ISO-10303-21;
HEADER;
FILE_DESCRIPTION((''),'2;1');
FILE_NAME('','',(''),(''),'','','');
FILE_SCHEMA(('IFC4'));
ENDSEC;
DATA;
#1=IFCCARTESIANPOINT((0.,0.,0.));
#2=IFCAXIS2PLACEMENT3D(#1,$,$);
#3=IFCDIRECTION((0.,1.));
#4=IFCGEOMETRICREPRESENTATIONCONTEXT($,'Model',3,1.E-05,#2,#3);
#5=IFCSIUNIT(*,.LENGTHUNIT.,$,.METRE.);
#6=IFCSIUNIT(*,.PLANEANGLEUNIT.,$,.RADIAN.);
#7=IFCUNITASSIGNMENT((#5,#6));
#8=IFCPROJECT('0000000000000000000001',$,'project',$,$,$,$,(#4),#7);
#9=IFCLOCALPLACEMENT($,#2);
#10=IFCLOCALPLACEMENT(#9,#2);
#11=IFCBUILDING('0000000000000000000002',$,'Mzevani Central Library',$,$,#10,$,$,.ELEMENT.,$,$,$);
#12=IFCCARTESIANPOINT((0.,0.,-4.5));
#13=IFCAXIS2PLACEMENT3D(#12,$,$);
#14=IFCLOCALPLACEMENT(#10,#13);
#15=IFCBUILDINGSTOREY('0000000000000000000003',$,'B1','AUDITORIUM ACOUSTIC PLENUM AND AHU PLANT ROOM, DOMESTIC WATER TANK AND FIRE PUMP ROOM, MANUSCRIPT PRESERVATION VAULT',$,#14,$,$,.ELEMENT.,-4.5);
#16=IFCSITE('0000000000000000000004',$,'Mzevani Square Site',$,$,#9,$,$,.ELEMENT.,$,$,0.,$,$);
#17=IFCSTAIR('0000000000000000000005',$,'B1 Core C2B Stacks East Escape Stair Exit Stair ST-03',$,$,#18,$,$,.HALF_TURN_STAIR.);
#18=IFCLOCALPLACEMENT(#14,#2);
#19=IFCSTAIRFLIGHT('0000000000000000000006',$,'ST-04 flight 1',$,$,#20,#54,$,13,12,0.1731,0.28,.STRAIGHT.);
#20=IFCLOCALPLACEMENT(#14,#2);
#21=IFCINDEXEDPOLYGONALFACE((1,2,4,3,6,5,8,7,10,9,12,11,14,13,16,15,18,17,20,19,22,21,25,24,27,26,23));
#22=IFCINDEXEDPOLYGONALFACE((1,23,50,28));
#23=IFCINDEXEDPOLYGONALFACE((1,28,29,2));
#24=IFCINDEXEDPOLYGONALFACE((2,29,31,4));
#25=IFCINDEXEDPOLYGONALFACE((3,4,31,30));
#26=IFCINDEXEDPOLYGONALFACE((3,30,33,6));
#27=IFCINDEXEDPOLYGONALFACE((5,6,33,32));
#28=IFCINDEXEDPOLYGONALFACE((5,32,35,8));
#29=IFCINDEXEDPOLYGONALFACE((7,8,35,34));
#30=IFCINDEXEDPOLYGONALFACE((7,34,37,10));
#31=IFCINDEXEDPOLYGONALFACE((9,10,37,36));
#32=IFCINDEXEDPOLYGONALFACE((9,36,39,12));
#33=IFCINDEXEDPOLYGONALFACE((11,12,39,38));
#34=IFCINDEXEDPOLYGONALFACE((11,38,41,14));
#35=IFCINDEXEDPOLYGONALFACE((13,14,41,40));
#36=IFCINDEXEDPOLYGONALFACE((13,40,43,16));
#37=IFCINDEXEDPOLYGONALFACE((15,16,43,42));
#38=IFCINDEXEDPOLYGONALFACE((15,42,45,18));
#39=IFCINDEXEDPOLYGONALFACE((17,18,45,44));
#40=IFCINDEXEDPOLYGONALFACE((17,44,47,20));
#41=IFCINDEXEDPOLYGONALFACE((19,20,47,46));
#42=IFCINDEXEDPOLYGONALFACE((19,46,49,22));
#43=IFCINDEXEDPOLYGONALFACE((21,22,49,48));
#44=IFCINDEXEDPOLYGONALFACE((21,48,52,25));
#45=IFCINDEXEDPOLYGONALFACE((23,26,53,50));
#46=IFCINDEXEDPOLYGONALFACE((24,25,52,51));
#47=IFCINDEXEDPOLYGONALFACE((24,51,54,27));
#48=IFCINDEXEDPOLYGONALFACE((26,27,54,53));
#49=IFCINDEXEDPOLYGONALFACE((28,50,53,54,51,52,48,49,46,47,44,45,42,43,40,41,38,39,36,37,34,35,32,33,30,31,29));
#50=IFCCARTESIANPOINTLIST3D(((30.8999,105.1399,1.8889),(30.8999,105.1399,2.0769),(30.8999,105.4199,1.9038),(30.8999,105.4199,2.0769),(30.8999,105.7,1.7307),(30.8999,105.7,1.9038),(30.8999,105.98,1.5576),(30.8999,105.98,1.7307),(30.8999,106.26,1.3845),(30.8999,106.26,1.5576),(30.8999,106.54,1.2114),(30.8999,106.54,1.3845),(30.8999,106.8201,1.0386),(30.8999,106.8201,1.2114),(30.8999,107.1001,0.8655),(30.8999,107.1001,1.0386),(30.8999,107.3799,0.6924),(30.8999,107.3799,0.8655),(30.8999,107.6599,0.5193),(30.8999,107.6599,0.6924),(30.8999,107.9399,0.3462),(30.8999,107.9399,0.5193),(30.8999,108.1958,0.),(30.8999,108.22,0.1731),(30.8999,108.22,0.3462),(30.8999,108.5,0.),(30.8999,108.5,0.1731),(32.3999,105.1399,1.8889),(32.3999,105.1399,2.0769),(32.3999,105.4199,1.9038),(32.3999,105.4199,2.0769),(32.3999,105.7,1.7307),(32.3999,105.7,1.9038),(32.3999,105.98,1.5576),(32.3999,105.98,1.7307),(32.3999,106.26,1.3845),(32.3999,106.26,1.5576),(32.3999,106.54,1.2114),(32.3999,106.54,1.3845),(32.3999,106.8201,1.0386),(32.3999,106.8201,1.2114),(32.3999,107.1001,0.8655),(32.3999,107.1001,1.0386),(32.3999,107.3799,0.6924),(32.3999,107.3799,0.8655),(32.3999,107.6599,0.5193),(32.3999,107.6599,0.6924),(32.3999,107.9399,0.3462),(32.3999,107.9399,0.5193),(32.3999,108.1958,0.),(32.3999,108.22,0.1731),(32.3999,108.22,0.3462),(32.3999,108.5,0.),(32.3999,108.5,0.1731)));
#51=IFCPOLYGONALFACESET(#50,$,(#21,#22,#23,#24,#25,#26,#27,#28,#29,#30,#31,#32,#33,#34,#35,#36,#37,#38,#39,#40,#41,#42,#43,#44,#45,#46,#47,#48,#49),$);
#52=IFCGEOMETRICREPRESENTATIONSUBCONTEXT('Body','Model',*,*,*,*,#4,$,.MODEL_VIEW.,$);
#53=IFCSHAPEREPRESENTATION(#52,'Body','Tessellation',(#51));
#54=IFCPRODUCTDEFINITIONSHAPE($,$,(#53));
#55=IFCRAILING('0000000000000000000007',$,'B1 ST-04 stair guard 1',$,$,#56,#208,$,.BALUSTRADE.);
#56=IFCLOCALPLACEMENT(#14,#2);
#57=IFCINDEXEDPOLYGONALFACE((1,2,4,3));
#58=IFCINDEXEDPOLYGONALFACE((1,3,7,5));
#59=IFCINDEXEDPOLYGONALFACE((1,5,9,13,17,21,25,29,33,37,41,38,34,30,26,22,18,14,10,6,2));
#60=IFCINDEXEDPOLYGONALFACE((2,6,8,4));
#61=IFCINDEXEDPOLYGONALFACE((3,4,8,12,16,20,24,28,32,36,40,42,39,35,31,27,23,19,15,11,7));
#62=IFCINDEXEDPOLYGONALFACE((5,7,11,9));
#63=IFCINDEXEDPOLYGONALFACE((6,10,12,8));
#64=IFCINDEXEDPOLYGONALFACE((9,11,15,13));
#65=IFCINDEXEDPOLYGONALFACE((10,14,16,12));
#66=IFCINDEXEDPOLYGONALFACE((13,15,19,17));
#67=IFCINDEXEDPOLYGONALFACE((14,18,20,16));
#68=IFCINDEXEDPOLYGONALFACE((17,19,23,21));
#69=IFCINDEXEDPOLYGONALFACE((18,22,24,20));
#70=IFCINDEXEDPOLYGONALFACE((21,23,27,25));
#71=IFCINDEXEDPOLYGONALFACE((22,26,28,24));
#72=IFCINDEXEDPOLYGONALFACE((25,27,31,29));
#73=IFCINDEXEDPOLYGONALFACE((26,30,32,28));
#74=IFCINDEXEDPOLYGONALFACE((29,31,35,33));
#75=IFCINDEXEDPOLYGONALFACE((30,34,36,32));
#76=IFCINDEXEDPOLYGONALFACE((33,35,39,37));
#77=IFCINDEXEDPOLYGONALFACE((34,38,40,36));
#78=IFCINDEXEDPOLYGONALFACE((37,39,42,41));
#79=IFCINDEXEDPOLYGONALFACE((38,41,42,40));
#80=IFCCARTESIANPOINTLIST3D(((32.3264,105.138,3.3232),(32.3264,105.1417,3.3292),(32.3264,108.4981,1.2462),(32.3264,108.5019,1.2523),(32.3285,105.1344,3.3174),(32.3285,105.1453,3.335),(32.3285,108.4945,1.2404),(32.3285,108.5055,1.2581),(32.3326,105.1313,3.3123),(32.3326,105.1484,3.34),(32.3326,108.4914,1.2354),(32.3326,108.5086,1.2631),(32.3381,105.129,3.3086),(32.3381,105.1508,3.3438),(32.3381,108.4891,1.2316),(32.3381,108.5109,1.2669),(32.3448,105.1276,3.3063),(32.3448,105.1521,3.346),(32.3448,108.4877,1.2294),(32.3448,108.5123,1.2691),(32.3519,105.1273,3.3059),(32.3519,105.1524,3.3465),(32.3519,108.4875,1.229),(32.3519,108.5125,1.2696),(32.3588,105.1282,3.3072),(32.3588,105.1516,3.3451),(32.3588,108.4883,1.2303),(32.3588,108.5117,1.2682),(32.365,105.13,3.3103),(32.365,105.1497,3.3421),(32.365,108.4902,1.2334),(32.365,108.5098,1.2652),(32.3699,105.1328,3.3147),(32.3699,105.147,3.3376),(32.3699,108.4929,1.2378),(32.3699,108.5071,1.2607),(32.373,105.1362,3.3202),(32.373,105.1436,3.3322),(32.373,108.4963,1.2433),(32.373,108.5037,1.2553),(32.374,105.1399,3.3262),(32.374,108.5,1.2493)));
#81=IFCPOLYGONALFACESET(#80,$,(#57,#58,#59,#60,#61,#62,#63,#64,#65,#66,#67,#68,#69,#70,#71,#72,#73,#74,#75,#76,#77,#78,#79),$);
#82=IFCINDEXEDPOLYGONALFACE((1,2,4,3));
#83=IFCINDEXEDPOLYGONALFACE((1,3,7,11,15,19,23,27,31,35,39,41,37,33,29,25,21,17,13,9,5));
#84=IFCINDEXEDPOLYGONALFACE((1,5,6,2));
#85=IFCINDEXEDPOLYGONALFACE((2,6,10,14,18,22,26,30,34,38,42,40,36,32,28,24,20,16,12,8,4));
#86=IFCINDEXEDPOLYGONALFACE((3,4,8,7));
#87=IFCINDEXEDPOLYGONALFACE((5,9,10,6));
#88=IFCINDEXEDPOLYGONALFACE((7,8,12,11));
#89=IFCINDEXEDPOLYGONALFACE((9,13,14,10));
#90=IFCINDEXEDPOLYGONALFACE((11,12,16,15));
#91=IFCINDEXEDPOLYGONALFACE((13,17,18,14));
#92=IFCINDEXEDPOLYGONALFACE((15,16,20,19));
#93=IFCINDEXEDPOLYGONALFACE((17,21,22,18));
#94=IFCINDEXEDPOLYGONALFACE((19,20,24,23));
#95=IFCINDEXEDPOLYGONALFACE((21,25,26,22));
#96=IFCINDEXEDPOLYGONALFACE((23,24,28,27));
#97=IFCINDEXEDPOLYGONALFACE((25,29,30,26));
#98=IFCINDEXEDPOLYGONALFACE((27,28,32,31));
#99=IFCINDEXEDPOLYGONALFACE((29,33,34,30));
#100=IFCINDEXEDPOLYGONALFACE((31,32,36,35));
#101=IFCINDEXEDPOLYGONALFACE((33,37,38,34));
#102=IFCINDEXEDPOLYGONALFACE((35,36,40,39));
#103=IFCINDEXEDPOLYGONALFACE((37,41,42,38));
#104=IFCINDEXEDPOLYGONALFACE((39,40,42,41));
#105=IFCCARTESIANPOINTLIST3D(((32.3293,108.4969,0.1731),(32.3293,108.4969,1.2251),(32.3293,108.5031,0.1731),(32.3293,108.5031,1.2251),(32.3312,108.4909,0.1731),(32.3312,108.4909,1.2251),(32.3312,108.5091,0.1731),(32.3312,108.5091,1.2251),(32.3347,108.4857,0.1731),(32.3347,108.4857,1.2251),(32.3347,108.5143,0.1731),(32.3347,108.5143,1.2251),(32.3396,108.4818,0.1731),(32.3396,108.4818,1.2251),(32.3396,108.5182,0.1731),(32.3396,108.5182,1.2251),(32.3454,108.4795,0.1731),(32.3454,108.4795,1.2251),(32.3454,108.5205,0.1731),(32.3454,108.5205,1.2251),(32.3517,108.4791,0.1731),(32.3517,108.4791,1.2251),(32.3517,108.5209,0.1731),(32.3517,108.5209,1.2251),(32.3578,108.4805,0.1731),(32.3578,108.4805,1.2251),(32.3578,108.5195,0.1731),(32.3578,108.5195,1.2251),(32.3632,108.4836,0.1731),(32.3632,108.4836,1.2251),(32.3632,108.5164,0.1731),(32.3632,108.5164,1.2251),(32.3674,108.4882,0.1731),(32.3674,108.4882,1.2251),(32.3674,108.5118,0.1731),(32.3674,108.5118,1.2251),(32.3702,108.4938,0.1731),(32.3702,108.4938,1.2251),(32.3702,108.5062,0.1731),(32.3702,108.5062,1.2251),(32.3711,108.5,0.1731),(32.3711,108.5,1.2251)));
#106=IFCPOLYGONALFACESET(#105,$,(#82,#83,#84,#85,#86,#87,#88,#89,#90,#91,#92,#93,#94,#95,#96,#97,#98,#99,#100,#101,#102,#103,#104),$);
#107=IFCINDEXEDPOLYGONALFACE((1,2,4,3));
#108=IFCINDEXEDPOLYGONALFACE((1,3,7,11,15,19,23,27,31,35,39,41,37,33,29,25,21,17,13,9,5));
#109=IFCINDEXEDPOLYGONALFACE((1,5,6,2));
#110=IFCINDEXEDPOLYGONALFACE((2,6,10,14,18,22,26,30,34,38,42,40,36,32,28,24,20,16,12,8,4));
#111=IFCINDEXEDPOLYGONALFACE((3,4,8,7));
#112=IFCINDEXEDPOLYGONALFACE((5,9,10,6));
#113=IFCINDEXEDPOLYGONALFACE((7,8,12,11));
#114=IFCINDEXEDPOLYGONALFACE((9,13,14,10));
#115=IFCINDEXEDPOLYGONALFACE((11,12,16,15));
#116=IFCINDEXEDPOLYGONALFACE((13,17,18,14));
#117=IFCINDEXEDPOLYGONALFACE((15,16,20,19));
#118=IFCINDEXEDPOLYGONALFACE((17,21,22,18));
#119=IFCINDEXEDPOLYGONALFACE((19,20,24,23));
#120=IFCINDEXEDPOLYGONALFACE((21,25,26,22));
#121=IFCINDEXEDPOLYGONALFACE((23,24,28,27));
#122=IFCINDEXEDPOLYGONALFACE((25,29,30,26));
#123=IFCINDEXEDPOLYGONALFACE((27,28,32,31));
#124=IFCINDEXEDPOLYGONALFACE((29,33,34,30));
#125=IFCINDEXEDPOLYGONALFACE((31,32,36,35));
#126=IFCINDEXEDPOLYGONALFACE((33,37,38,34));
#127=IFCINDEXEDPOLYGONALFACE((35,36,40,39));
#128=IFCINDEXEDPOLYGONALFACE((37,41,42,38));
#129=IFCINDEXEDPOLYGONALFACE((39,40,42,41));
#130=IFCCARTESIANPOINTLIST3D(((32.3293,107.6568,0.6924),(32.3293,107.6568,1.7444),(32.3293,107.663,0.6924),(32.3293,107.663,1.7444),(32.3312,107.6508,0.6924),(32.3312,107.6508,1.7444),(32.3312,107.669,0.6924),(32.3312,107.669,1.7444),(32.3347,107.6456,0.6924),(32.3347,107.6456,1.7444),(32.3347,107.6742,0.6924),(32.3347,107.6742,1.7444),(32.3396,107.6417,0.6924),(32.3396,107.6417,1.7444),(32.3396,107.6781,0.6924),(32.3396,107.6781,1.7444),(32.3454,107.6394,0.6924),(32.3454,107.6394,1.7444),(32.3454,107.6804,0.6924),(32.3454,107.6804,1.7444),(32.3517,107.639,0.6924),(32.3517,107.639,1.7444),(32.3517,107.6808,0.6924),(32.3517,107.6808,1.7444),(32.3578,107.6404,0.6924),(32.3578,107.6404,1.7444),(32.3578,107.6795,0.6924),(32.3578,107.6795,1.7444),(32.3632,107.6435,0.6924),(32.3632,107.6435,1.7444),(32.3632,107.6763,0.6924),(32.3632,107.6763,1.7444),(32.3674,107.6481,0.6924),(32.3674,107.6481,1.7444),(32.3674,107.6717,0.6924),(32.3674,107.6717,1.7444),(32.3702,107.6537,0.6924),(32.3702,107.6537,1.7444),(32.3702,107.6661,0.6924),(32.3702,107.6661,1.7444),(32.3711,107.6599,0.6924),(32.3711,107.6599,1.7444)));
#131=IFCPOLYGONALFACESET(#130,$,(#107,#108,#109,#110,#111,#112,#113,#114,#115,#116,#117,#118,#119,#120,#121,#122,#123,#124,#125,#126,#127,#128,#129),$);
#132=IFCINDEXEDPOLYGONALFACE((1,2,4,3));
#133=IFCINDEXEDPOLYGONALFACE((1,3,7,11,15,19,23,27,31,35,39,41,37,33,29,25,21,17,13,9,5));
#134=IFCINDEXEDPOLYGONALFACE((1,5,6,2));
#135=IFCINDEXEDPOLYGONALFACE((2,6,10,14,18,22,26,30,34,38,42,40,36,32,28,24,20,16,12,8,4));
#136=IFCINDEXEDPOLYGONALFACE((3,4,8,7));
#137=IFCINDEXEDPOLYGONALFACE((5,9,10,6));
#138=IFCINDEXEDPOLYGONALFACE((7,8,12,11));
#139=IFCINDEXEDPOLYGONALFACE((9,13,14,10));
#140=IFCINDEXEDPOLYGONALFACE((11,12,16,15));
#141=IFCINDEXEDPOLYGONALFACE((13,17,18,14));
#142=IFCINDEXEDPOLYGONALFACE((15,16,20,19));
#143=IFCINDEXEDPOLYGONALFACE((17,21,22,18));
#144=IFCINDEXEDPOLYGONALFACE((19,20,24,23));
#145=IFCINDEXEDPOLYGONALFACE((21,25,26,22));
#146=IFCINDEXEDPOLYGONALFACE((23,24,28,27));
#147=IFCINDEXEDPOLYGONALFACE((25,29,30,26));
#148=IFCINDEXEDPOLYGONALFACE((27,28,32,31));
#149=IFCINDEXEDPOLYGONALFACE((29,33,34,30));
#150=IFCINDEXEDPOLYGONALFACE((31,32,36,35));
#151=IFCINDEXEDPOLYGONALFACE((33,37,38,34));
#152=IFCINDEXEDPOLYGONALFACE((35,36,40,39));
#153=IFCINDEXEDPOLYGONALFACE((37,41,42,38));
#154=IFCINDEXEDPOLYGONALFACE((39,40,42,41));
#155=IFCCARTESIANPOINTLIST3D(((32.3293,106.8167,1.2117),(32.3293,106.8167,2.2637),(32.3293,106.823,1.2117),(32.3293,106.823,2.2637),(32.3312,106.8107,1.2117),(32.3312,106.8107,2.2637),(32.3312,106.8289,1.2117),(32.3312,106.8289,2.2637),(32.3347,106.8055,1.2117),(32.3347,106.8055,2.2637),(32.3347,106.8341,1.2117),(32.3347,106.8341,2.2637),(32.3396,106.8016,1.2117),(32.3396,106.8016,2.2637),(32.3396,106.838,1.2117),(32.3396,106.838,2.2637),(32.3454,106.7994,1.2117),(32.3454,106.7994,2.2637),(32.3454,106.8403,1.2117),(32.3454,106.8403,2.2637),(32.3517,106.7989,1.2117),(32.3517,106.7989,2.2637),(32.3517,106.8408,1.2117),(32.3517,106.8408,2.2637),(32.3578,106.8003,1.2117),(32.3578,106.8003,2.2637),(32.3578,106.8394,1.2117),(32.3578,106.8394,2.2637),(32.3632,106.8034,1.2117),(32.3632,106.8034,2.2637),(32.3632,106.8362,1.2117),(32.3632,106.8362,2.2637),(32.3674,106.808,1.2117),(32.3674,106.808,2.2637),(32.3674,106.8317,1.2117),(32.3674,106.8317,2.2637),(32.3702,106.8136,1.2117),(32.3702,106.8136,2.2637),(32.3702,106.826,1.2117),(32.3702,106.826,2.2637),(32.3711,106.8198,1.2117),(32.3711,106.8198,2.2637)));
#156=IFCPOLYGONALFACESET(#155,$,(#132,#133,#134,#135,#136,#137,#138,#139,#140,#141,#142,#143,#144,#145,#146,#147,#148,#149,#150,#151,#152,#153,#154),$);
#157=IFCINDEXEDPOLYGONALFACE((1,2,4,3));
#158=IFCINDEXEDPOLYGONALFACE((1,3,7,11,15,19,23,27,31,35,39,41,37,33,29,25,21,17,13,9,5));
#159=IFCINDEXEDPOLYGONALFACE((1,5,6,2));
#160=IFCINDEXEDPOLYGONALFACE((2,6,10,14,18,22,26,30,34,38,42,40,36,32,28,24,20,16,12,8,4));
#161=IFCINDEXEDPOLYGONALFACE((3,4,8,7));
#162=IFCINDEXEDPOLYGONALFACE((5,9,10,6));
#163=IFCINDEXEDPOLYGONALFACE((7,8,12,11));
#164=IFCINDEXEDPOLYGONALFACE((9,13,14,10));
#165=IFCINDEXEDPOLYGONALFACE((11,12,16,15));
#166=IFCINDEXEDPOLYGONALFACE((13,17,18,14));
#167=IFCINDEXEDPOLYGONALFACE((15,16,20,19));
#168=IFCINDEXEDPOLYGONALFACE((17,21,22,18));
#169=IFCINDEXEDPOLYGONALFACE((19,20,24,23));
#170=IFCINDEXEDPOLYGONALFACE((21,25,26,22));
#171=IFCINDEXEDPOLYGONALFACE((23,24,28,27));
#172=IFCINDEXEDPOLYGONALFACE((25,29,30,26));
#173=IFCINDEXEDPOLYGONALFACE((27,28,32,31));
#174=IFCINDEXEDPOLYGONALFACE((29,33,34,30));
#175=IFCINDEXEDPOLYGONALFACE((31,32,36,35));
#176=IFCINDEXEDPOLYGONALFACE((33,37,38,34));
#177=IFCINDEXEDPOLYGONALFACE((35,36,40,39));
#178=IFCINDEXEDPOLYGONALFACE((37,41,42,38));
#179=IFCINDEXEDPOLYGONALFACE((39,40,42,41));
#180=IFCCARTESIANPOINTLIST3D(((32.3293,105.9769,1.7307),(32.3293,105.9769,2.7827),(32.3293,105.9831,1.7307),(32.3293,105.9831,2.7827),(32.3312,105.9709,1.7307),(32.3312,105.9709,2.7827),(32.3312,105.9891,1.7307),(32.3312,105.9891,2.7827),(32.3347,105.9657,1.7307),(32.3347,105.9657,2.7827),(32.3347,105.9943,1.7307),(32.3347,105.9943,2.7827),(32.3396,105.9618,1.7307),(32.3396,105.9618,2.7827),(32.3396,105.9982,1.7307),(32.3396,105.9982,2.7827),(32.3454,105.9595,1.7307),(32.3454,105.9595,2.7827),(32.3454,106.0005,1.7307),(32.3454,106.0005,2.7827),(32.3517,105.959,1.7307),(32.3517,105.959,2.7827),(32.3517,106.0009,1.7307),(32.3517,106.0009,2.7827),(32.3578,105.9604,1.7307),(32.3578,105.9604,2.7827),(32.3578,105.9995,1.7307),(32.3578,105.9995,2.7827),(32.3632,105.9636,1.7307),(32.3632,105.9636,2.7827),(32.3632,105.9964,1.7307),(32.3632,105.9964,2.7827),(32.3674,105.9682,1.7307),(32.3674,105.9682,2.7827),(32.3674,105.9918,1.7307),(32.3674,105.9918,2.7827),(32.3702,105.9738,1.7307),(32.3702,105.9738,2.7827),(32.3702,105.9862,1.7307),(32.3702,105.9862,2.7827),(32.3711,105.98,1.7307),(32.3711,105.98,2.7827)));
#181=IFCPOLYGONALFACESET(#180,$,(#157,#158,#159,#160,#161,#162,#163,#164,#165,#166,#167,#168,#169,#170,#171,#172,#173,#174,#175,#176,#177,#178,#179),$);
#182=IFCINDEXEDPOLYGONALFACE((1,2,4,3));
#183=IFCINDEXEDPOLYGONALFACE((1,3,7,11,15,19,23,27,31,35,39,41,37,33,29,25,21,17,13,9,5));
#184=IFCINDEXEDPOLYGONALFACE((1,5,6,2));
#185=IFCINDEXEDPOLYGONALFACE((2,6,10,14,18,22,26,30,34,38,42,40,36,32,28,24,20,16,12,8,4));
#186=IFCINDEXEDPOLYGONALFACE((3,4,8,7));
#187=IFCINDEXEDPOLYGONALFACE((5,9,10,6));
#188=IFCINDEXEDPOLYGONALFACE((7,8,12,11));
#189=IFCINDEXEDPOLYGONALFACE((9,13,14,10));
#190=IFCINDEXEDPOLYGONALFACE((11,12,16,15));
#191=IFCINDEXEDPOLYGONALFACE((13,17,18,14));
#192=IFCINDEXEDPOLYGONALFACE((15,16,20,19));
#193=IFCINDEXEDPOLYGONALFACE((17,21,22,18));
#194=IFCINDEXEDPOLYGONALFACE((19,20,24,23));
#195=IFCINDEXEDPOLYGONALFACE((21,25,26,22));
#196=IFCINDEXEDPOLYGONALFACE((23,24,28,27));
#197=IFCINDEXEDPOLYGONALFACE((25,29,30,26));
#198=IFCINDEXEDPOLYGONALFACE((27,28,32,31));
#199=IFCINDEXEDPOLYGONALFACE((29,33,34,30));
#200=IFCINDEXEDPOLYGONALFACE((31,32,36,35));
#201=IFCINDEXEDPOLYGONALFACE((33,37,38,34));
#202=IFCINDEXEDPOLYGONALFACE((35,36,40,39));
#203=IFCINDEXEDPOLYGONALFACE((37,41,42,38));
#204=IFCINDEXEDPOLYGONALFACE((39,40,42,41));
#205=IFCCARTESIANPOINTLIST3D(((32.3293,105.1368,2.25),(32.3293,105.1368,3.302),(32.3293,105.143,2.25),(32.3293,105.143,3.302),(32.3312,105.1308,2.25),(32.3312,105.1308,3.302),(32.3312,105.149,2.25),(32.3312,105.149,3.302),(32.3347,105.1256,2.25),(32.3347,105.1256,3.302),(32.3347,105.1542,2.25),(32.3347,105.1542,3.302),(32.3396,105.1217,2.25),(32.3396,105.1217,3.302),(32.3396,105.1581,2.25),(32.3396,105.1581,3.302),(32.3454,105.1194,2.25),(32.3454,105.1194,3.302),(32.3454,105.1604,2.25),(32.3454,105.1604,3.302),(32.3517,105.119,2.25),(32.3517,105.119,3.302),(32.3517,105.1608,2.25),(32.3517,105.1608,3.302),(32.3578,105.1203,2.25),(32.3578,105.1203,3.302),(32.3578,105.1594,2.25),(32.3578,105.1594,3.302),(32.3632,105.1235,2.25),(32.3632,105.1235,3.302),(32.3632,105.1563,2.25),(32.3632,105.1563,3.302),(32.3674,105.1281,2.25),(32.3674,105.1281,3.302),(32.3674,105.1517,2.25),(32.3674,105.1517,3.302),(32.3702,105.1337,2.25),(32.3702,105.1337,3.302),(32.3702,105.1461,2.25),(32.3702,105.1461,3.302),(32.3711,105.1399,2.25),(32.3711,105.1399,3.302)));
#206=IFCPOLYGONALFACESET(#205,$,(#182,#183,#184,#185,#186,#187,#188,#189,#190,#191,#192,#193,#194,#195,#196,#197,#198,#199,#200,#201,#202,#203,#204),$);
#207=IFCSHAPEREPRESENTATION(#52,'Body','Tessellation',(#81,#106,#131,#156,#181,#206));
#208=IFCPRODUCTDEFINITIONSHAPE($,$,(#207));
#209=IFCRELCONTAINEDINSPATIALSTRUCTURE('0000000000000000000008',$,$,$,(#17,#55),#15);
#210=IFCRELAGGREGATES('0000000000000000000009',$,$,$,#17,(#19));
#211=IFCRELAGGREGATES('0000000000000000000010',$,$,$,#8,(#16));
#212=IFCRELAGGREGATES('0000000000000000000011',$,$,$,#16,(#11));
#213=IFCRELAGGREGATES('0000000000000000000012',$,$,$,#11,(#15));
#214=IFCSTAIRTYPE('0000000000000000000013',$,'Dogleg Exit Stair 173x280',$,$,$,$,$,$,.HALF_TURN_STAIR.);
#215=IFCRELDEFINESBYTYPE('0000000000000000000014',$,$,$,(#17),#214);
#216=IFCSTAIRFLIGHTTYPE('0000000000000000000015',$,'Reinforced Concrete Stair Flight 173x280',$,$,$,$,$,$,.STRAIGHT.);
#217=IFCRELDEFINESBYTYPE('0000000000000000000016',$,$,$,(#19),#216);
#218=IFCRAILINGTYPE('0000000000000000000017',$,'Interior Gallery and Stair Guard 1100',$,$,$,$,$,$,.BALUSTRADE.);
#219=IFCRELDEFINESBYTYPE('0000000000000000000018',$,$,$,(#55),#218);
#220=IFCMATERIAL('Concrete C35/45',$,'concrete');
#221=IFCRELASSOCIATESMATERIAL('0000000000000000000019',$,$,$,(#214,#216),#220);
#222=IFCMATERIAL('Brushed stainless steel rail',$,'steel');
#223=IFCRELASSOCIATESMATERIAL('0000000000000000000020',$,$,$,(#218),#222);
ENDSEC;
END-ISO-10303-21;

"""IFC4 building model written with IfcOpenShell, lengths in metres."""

from ifc_helpers import new_model, si_unit, direction, frame, origin, origin_2d, place, context, subcontext, project, spatial, polyline, circle, outline, extrude, material, type_object, element, aggregate, save


model = new_model("IFC4")

# Units and contexts
model_context = context("Model", 3, precision=1e-05, world=origin(), true_north=direction((0.0, 1.0)))
body_context = subcontext(model_context, "Body", "Model", "MODEL_VIEW")
ifc_project = project(units=[si_unit("LENGTHUNIT", "METRE"), si_unit("PLANEANGLEUNIT", "RADIAN")], contexts=[model_context])

# Site, building, storey
site_placement = place(None, origin())
site = spatial("IfcSite", under=ifc_project, at=site_placement, Name="Mzevani Square Site", CompositionType="ELEMENT", RefElevation=0.0)
building_placement = place(site_placement, origin())
building = spatial("IfcBuilding", under=site, at=building_placement, Name="Mzevani Central Library", CompositionType="ELEMENT")
storey_placement = place(building_placement, frame((0.0, 0.0, -4.5)))
storey = spatial("IfcBuildingStorey", under=building, at=storey_placement, Name="B1", Description="AUDITORIUM ACOUSTIC PLENUM AND AHU PLANT ROOM, DOMESTIC WATER TANK AND FIRE PUMP ROOM, MANUSCRIPT PRESERVATION VAULT", CompositionType="ELEMENT", Elevation=-4.5)

# Shared definitions
ifc_material_1 = material(Name="Concrete C35/45", Category="concrete")

# Stair, stair flight
stair_type = type_object("IfcStairType", Name="Dogleg Exit Stair 173x280", PredefinedType="HALF_TURN_STAIR", material=ifc_material_1)
stair_placement = place(storey_placement, origin())
stair = element("IfcStair", 1, at=stair_placement, inside=storey, type_object=stair_type, Name="B1 Core C2B Stacks East Escape Stair Exit Stair ST-03", PredefinedType="HALF_TURN_STAIR")
stair_flight_type = type_object("IfcStairFlightType", Name="Reinforced Concrete Stair Flight 173x280", PredefinedType="STRAIGHT", material=ifc_material_1)
stair_flight_placement = place(storey_placement, frame((31.6499, 108.5, 0.0), z_axis=(0.0, 0.0, 1.0), x_axis=(0.0, -1.0, 0.0)))
stair_flight = element("IfcStairFlight", 2, at=stair_flight_placement, type_object=stair_flight_type, Name="ST-04 flight 1", NumberOfRisers=13, NumberOfTreads=12, PredefinedType="STRAIGHT", RiserHeight=0.1731, TreadLength=0.28, context=body_context, shape_type="SweptSolid", body=[
    extrude(outline(polyline([(0.0, 0.0), (0.0, 0.1731), (0.28, 0.1731), (0.28, 0.3462), (0.5601, 0.3462), (0.5601, 0.5193), (0.8401, 0.5193), (0.8401, 0.6924), (1.1201, 0.6924), (1.1201, 0.8655), (1.3999, 0.8655), (1.3999, 1.0386), (1.6799, 1.0386), (1.6799, 1.2114), (1.96, 1.2114), (1.96, 1.3845), (2.24, 1.3845), (2.24, 1.5576), (2.52, 1.5576), (2.52, 1.7307), (2.8, 1.7307), (2.8, 1.9038), (3.0801, 1.9038), (3.0801, 2.0769), (3.3601, 2.0769), (3.3601, 2.25), (3.3601, 1.8889), (0.3042, 0.0), (0.0, 0.0)])), frame((0.0, 0.75, 0.0), z_axis=(0.0, -1.0, 0.0), x_axis=(1.0, 0.0, 0.0)), (0.0, 0.0, 1.0), 1.5),
])
aggregate(stair, [stair_flight])

# Railing
ifc_material_2 = material(Name="Brushed stainless steel rail", Category="steel")
railing_type_1 = type_object("IfcRailingType", Name="Interior Gallery and Stair Guard 1100", PredefinedType="BALUSTRADE", material=ifc_material_2)
railing_1_placement = place(storey_placement, frame((32.3501, 108.5, 0.1731)))
element("IfcRailing", 3, at=railing_1_placement, inside=storey, type_object=railing_type_1, Name="B1 ST-04 stair guard 1", PredefinedType="BALUSTRADE", context=body_context, shape_type="SweptSolid", body=[
    extrude(circle(Radius=0.0239, at=origin_2d()), frame((0.0, 0.0, 1.0762), z_axis=(0.0, -0.850623, 0.525776), x_axis=(1.0, 0.0, 0.0)), (0.0, 0.0, 1.0), 3.9502),
    extrude(circle(Radius=0.021, at=origin_2d()), origin(), (0.0, 0.0, 1.0), 1.052),
    extrude(circle(Radius=0.021, at=origin_2d()), frame((0.0, -0.8401, 0.5193)), (0.0, 0.0, 1.0), 1.052),
    extrude(circle(Radius=0.021, at=origin_2d()), frame((0.0, -1.6802, 1.0386)), (0.0, 0.0, 1.0), 1.052),
    extrude(circle(Radius=0.021, at=origin_2d()), frame((0.0, -2.52, 1.5576)), (0.0, 0.0, 1.0), 1.052),
    extrude(circle(Radius=0.021, at=origin_2d()), frame((0.0, -3.3601, 2.0769)), (0.0, 0.0, 1.0), 1.052),
])

save(model, "model.ifc")
